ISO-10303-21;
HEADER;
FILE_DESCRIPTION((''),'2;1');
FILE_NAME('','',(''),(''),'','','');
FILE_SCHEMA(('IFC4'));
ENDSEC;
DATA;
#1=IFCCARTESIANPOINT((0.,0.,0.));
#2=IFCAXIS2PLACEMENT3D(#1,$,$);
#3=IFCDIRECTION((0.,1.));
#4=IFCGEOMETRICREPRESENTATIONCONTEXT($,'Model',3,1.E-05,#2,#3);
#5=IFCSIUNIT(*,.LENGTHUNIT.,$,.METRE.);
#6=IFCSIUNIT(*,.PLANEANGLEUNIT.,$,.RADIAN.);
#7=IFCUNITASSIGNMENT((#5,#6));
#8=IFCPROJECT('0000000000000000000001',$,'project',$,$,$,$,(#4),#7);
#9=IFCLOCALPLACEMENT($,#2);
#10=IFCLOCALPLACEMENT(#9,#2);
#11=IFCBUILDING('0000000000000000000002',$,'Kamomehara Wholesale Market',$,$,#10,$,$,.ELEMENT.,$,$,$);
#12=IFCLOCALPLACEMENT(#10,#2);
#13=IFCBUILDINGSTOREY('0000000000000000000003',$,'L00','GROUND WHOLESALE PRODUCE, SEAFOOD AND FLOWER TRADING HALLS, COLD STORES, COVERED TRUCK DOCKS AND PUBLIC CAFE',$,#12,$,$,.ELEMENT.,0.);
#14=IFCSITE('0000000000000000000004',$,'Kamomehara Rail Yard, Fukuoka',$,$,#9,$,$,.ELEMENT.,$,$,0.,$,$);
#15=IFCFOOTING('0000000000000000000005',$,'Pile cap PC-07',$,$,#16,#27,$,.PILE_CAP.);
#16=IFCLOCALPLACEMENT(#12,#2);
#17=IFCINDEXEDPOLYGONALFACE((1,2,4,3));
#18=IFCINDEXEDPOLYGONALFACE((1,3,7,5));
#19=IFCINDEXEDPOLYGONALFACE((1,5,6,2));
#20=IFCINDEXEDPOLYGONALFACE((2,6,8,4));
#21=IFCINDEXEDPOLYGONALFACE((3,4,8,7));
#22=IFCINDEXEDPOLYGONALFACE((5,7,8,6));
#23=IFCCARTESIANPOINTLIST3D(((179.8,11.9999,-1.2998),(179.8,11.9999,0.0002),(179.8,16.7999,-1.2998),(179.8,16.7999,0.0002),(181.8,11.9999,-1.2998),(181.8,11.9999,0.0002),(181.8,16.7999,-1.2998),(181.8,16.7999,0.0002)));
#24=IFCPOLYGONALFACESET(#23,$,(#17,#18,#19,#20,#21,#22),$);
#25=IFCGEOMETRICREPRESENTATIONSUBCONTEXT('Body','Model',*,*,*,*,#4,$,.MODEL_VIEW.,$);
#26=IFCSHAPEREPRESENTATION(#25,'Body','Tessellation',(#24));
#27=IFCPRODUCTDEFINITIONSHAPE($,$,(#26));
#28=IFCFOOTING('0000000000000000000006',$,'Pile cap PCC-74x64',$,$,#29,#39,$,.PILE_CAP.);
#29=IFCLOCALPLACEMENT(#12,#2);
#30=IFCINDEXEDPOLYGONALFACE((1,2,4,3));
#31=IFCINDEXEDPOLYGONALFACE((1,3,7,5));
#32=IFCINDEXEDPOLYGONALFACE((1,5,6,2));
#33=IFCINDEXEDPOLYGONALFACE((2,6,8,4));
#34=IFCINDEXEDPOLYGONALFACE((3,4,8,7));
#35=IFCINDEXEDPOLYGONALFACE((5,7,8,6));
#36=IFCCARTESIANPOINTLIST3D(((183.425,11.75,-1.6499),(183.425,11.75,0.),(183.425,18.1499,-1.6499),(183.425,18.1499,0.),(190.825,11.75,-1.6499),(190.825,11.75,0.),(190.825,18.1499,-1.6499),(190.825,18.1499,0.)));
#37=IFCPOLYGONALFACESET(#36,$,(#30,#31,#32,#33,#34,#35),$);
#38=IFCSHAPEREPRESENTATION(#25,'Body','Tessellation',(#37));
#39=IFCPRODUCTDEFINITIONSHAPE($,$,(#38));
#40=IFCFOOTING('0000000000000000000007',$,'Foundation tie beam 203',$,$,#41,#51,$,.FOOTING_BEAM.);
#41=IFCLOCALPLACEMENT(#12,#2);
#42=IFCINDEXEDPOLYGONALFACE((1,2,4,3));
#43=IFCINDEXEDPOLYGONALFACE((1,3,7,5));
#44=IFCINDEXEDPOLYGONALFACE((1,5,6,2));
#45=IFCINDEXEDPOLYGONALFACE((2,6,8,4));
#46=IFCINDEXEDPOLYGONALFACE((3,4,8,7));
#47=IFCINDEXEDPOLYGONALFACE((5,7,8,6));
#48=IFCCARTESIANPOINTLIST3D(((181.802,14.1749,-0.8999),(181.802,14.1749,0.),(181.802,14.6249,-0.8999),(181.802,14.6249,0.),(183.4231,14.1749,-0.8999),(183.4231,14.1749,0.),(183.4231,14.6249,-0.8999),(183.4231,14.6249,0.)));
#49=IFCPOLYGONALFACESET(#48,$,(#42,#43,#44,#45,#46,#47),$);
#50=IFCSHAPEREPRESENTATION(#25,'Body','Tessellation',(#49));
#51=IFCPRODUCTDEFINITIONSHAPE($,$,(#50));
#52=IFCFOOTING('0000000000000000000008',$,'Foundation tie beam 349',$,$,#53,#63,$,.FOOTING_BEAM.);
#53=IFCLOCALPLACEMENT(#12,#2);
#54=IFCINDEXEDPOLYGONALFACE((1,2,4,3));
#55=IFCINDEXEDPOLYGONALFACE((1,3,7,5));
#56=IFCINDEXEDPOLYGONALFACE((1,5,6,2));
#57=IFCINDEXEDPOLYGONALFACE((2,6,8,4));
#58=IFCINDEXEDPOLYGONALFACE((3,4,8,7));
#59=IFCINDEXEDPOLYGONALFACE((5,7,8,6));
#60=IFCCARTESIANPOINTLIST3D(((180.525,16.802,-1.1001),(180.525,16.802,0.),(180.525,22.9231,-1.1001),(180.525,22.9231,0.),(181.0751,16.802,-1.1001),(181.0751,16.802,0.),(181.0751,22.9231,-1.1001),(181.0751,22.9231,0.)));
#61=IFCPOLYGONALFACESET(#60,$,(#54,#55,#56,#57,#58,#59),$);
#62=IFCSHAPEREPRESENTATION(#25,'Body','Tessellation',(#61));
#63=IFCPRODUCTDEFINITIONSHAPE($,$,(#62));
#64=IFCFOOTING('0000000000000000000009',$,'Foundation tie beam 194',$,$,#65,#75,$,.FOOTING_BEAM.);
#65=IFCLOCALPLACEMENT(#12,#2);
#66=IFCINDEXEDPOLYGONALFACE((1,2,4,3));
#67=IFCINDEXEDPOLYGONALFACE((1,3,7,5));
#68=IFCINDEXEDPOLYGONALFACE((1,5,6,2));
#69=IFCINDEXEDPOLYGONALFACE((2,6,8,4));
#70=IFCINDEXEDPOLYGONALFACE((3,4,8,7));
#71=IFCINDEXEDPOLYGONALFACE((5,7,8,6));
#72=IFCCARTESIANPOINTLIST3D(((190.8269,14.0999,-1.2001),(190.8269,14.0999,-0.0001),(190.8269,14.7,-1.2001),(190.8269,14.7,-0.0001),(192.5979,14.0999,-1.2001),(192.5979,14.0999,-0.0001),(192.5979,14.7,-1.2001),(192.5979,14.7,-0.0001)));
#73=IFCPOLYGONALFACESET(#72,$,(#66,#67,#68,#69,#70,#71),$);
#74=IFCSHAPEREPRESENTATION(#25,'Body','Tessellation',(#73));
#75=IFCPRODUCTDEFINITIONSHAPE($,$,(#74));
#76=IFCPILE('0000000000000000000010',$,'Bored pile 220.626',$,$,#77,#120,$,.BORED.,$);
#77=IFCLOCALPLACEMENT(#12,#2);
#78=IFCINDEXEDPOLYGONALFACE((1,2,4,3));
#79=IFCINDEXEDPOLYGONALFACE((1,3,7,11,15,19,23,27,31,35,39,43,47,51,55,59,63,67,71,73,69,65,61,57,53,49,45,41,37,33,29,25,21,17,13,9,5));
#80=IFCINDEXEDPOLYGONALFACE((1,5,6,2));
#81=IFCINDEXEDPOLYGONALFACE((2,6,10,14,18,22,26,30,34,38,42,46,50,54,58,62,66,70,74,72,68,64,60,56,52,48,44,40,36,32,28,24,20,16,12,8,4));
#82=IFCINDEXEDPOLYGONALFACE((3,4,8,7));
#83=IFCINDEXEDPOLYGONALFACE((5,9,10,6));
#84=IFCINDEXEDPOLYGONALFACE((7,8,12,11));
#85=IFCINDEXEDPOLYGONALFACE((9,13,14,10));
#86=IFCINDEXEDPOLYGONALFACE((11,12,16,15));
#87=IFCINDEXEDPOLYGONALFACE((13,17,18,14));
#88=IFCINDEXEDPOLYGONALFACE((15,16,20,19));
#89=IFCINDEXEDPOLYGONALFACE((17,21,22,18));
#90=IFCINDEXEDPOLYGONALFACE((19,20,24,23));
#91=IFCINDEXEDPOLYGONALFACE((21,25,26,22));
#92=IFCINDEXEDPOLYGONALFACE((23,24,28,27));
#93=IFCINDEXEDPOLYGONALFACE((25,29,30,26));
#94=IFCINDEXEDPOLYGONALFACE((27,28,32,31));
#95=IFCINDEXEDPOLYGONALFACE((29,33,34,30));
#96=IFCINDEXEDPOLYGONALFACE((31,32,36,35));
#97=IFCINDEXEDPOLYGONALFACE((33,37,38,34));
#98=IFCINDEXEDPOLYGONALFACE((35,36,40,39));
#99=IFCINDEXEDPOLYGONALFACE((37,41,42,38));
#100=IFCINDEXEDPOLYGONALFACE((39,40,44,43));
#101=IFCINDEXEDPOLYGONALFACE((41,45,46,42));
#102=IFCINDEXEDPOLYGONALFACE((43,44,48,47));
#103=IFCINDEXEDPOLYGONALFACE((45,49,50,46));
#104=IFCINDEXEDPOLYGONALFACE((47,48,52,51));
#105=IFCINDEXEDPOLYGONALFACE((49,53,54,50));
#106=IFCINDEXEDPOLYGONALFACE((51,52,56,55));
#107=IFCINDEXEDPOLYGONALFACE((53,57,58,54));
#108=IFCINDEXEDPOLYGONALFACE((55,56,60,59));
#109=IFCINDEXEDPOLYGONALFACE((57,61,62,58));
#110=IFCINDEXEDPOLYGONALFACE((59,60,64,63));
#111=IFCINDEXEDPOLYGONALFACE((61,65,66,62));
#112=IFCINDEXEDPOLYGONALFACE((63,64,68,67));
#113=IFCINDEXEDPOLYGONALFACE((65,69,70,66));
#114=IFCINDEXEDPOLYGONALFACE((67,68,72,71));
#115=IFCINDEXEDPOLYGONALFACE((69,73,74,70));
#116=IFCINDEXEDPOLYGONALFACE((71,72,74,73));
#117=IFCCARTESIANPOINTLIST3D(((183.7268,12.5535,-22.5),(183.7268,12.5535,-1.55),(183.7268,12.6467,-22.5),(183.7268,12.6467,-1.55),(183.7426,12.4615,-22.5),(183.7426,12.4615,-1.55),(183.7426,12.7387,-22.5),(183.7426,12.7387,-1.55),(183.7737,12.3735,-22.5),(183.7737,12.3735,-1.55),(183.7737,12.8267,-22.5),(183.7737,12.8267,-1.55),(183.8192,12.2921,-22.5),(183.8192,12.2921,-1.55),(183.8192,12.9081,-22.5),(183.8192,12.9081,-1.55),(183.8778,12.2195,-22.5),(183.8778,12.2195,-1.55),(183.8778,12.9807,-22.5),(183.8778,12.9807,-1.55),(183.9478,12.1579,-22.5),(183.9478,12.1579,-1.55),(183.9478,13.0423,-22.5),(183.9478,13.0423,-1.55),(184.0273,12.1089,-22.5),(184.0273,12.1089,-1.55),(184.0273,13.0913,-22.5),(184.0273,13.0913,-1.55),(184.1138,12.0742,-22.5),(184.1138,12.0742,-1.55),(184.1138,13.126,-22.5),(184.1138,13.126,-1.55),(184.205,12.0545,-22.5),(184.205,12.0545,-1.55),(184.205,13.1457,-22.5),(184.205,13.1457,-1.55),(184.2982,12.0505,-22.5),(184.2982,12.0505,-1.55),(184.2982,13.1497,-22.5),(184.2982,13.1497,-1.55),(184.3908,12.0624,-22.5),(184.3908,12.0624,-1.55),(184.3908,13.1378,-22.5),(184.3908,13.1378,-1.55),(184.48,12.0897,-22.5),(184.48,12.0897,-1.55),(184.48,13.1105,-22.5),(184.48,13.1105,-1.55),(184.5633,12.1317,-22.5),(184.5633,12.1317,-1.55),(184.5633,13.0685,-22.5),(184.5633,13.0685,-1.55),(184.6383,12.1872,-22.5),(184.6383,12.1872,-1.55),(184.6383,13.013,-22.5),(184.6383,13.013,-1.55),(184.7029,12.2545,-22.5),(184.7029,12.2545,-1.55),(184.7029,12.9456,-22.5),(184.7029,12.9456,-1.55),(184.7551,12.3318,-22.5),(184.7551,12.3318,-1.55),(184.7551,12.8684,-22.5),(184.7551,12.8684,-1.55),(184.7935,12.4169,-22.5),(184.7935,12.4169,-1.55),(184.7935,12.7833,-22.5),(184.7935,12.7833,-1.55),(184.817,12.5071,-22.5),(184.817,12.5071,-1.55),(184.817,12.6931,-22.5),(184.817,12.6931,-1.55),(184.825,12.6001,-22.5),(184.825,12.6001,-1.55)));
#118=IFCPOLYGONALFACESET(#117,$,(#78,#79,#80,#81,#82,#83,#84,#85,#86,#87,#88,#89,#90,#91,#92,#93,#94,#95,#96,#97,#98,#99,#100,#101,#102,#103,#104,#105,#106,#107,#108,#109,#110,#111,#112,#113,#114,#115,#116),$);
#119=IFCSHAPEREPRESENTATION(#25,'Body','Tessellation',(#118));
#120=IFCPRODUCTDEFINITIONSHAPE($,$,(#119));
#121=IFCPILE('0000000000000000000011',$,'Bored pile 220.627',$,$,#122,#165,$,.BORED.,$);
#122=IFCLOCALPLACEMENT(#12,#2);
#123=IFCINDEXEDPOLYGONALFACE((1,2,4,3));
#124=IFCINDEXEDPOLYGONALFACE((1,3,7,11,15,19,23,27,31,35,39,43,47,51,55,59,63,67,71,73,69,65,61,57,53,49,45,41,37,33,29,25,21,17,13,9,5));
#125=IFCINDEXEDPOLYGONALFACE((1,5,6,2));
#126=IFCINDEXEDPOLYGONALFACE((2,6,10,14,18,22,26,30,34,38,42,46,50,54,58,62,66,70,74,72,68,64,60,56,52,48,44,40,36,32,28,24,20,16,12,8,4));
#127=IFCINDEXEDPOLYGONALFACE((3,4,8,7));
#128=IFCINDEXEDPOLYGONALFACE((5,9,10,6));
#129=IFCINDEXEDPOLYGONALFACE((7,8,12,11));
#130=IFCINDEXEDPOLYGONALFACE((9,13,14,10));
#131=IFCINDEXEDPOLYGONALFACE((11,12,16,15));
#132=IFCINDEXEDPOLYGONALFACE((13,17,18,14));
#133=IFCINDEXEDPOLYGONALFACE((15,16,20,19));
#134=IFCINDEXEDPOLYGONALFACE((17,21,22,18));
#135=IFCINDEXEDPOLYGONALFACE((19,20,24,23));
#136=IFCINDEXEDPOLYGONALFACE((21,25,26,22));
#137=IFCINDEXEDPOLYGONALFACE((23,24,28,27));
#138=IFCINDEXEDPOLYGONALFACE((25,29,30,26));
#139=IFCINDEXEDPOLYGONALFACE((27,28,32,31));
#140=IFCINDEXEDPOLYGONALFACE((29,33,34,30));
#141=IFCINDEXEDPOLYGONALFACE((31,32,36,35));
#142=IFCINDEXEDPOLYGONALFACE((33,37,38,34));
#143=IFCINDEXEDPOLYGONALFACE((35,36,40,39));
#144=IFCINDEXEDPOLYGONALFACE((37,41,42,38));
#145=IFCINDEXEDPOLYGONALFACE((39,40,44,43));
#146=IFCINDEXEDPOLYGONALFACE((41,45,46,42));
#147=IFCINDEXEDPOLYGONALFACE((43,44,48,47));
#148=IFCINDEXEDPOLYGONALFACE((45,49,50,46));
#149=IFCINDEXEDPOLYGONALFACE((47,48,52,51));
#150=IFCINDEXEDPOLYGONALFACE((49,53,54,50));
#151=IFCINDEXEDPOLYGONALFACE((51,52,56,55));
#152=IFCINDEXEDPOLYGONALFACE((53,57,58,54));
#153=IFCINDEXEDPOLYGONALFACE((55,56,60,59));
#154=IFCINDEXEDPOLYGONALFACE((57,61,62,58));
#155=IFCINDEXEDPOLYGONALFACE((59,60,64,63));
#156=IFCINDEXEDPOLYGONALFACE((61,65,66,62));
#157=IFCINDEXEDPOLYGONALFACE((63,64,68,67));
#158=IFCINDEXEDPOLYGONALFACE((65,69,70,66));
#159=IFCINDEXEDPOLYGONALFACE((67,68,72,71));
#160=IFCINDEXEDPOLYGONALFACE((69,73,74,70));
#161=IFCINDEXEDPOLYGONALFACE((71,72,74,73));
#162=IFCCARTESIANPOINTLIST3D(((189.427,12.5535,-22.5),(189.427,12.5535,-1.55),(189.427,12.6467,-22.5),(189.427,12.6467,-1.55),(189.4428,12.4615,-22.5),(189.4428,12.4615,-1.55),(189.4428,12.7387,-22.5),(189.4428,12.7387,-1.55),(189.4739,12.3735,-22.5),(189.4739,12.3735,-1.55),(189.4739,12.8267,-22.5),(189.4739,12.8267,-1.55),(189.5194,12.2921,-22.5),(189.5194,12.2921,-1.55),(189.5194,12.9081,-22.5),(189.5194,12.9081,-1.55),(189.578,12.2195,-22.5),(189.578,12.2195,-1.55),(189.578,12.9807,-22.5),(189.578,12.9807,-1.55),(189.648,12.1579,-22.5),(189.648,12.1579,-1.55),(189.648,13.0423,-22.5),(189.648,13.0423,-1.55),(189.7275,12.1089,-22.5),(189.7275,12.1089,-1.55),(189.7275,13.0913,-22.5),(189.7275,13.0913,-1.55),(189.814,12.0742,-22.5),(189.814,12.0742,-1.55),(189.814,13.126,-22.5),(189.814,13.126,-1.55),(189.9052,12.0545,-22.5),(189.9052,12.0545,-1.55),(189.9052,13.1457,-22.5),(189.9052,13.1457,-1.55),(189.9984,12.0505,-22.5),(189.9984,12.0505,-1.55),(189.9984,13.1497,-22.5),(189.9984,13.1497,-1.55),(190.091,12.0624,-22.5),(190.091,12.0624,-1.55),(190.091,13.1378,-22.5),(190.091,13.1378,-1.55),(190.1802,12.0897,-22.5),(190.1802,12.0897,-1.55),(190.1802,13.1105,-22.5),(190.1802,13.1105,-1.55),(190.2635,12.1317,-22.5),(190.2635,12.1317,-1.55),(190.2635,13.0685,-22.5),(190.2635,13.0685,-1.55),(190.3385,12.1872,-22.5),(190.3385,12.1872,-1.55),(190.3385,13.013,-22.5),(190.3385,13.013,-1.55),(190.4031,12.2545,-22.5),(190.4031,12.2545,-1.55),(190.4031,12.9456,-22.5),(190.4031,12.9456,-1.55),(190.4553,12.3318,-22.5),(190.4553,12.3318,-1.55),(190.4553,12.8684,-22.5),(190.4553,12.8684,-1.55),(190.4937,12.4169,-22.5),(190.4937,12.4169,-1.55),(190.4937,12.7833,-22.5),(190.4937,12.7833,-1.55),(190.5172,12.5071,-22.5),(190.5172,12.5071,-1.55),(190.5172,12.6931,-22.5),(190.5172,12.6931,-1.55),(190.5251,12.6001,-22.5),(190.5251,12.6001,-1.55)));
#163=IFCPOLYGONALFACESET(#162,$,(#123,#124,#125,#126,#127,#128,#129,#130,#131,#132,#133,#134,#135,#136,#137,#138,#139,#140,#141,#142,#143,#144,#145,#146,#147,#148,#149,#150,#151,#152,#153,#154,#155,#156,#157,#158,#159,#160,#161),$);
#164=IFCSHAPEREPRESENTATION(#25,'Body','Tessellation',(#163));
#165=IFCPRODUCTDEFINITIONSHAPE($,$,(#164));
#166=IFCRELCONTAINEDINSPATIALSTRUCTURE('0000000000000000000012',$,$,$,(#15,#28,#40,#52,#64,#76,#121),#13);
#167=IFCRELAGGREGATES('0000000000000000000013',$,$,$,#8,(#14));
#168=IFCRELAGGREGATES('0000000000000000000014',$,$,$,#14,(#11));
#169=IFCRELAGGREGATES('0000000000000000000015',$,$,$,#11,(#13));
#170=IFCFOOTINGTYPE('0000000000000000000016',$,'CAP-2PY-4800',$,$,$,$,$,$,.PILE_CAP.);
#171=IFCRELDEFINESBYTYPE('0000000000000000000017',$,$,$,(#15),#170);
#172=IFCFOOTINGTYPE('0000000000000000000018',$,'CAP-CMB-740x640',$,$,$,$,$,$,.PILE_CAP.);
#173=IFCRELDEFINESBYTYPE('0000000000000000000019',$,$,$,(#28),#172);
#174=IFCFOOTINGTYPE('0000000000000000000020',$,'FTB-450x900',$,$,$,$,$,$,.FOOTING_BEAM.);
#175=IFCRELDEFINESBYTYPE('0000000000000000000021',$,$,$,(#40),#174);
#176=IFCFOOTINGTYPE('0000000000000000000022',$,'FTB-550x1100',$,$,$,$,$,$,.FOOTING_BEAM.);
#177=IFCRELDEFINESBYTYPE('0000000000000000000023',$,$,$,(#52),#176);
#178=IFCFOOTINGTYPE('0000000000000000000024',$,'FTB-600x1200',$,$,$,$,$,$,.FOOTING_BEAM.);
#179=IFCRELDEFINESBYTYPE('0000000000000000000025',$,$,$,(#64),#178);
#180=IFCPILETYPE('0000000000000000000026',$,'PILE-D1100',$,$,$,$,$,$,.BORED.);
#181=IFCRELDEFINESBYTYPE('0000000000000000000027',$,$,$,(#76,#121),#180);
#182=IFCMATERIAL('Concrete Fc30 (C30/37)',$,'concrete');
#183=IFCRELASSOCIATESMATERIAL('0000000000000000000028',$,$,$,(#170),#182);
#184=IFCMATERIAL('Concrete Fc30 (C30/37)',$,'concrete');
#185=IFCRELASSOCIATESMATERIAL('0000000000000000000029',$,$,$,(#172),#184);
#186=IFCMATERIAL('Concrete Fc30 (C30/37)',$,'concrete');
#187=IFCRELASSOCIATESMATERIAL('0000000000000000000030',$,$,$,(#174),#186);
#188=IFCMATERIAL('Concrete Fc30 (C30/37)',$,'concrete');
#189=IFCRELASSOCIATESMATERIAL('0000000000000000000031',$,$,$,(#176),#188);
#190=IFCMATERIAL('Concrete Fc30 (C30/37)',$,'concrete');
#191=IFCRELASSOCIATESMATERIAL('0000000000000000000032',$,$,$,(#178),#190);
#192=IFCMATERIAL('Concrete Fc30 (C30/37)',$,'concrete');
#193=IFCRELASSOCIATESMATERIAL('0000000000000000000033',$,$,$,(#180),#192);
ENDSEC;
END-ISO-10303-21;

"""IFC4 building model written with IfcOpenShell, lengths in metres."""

from ifc_helpers import new_model, si_unit, direction, frame, origin, origin_2d, place, context, subcontext, project, spatial, rectangle, circle, extrude, material, material_profile, profile_set, type_object, element, save


model = new_model("IFC4")

# Units and contexts
model_context = context("Model", 3, precision=1e-05, world=origin(), true_north=direction((0.0, 1.0)))
body_context = subcontext(model_context, "Body", "Model", "MODEL_VIEW")
ifc_project = project(units=[si_unit("LENGTHUNIT", "METRE"), si_unit("PLANEANGLEUNIT", "RADIAN")], contexts=[model_context])

# Site, building, storey
site_placement = place(None, origin())
site = spatial("IfcSite", under=ifc_project, at=site_placement, Name="Kamomehara Rail Yard, Fukuoka", CompositionType="ELEMENT", RefElevation=0.0)
building_placement = place(site_placement, origin())
building = spatial("IfcBuilding", under=site, at=building_placement, Name="Kamomehara Wholesale Market", CompositionType="ELEMENT")
storey_placement = place(building_placement, origin())
storey = spatial("IfcBuildingStorey", under=building, at=storey_placement, Name="L00", Description="GROUND WHOLESALE PRODUCE, SEAFOOD AND FLOWER TRADING HALLS, COLD STORES, COVERED TRUCK DOCKS AND PUBLIC CAFE", CompositionType="ELEMENT", Elevation=0.0)

# Footings
ifc_material_1 = material(Name="Concrete Fc30 (C30/37)", Category="concrete")
footing_type_1 = type_object("IfcFootingType", Name="CAP-2PY-4800", PredefinedType="PILE_CAP", material=ifc_material_1)
footing_1_placement = place(storey_placement, frame((180.8, 14.3999, -1.2998), z_axis=(0.0, 0.0, 1.0), x_axis=(1.0, 0.0, 0.0)))
element("IfcFooting", 1, at=footing_1_placement, inside=storey, type_object=footing_type_1, Name="Pile cap PC-07", PredefinedType="PILE_CAP", context=body_context, shape_type="SweptSolid", body=[
    extrude(rectangle(XDim=2.0, YDim=4.8, at=origin_2d()), origin(), (0.0, 0.0, 1.0), 1.3),
])
ifc_material_2 = material(Name="Concrete Fc30 (C30/37)", Category="concrete")
footing_type_2 = type_object("IfcFootingType", Name="CAP-CMB-740x640", PredefinedType="PILE_CAP", material=ifc_material_2)
footing_2_placement = place(storey_placement, frame((187.125, 14.95, -1.6499), z_axis=(0.0, 0.0, 1.0), x_axis=(1.0, 0.0, 0.0)))
element("IfcFooting", 2, at=footing_2_placement, inside=storey, type_object=footing_type_2, Name="Pile cap PCC-74x64", PredefinedType="PILE_CAP", context=body_context, shape_type="SweptSolid", body=[
    extrude(rectangle(XDim=7.3999, YDim=6.3999, at=origin_2d()), origin(), (0.0, 0.0, 1.0), 1.6499),
])
ifc_material_3 = material(Name="Concrete Fc30 (C30/37)", Category="concrete")
ifc_material_profile_1 = material_profile(ifc_material_3, rectangle(XDim=0.45, YDim=0.8999, at=origin_2d()), Name="RC-FTB-450x900")
ifc_profile_set_1 = profile_set([ifc_material_profile_1], Name="Concrete Fc30 (C30/37)")
footing_type_3 = type_object("IfcFootingType", Name="FTB-450x900", PredefinedType="FOOTING_BEAM", material=ifc_profile_set_1)
footing_3_placement = place(storey_placement, frame((181.802, 14.3999, -0.45), z_axis=(1.0, 0.0, 0.0), x_axis=(0.0, 1.0, 0.0)))
element("IfcFooting", 3, at=footing_3_placement, inside=storey, type_object=footing_type_3, Name="Foundation tie beam 203", PredefinedType="FOOTING_BEAM", context=body_context, shape_type="SweptSolid", body=[
    extrude(rectangle(XDim=0.45, YDim=0.8999, at=origin_2d()), origin(), (0.0, 0.0, 1.0), 1.6211),
])
ifc_material_4 = material(Name="Concrete Fc30 (C30/37)", Category="concrete")
ifc_material_profile_2 = material_profile(ifc_material_4, rectangle(XDim=0.55, YDim=1.1001, at=origin_2d()), Name="RC-FTB-550x1100")
ifc_profile_set_2 = profile_set([ifc_material_profile_2], Name="Concrete Fc30 (C30/37)")
footing_type_4 = type_object("IfcFootingType", Name="FTB-550x1100", PredefinedType="FOOTING_BEAM", material=ifc_profile_set_2)
footing_4_placement = place(storey_placement, frame((180.8, 16.802, -0.55), z_axis=(0.0, 1.0, 0.0), x_axis=(-1.0, 0.0, 0.0)))
element("IfcFooting", 4, at=footing_4_placement, inside=storey, type_object=footing_type_4, Name="Foundation tie beam 349", PredefinedType="FOOTING_BEAM", context=body_context, shape_type="SweptSolid", body=[
    extrude(rectangle(XDim=0.55, YDim=1.1001, at=origin_2d()), origin(), (0.0, 0.0, 1.0), 6.1211),
])
ifc_material_5 = material(Name="Concrete Fc30 (C30/37)", Category="concrete")
ifc_material_profile_3 = material_profile(ifc_material_5, rectangle(XDim=0.6001, YDim=1.2, at=origin_2d()), Name="RC-FTB-600x1200")
ifc_profile_set_3 = profile_set([ifc_material_profile_3], Name="Concrete Fc30 (C30/37)")
footing_type_5 = type_object("IfcFootingType", Name="FTB-600x1200", PredefinedType="FOOTING_BEAM", material=ifc_profile_set_3)
footing_5_placement = place(storey_placement, frame((190.8269, 14.3999, -0.6001), z_axis=(1.0, 0.0, 0.0), x_axis=(0.0, 1.0, 0.0)))
element("IfcFooting", 5, at=footing_5_placement, inside=storey, type_object=footing_type_5, Name="Foundation tie beam 194", PredefinedType="FOOTING_BEAM", context=body_context, shape_type="SweptSolid", body=[
    extrude(rectangle(XDim=0.6001, YDim=1.2, at=origin_2d()), origin(), (0.0, 0.0, 1.0), 1.771),
])

# Piles
ifc_material_6 = material(Name="Concrete Fc30 (C30/37)", Category="concrete")
ifc_material_profile_4 = material_profile(ifc_material_6, circle(Radius=0.55, at=origin_2d()), Name="RC-PILE-D1100")
ifc_profile_set_4 = profile_set([ifc_material_profile_4], Name="Concrete Fc30 (C30/37)")
pile_type = type_object("IfcPileType", Name="PILE-D1100", PredefinedType="BORED", material=ifc_profile_set_4)
for number, where, z_axis, x_axis, name in (
    (6, (184.2749, 12.6001, -1.55), (0.0, 0.0, -1.0), (1.0, 0.0, 0.0), "Bored pile 220.626"),
    (7, (189.9751, 12.6001, -1.55), (0.0, 0.0, -1.0), (1.0, 0.0, 0.0), "Bored pile 220.627"),
):
    element("IfcPile", number, at=place(storey_placement, frame(where, z_axis=z_axis, x_axis=x_axis)), inside=storey, type_object=pile_type, Name=name, PredefinedType="BORED", context=body_context, shape_type="SweptSolid", body=[
        extrude(circle(Radius=0.55, at=origin_2d()), origin(), (0.0, 0.0, 1.0), 20.95),
    ])

save(model, "model.ifc")
